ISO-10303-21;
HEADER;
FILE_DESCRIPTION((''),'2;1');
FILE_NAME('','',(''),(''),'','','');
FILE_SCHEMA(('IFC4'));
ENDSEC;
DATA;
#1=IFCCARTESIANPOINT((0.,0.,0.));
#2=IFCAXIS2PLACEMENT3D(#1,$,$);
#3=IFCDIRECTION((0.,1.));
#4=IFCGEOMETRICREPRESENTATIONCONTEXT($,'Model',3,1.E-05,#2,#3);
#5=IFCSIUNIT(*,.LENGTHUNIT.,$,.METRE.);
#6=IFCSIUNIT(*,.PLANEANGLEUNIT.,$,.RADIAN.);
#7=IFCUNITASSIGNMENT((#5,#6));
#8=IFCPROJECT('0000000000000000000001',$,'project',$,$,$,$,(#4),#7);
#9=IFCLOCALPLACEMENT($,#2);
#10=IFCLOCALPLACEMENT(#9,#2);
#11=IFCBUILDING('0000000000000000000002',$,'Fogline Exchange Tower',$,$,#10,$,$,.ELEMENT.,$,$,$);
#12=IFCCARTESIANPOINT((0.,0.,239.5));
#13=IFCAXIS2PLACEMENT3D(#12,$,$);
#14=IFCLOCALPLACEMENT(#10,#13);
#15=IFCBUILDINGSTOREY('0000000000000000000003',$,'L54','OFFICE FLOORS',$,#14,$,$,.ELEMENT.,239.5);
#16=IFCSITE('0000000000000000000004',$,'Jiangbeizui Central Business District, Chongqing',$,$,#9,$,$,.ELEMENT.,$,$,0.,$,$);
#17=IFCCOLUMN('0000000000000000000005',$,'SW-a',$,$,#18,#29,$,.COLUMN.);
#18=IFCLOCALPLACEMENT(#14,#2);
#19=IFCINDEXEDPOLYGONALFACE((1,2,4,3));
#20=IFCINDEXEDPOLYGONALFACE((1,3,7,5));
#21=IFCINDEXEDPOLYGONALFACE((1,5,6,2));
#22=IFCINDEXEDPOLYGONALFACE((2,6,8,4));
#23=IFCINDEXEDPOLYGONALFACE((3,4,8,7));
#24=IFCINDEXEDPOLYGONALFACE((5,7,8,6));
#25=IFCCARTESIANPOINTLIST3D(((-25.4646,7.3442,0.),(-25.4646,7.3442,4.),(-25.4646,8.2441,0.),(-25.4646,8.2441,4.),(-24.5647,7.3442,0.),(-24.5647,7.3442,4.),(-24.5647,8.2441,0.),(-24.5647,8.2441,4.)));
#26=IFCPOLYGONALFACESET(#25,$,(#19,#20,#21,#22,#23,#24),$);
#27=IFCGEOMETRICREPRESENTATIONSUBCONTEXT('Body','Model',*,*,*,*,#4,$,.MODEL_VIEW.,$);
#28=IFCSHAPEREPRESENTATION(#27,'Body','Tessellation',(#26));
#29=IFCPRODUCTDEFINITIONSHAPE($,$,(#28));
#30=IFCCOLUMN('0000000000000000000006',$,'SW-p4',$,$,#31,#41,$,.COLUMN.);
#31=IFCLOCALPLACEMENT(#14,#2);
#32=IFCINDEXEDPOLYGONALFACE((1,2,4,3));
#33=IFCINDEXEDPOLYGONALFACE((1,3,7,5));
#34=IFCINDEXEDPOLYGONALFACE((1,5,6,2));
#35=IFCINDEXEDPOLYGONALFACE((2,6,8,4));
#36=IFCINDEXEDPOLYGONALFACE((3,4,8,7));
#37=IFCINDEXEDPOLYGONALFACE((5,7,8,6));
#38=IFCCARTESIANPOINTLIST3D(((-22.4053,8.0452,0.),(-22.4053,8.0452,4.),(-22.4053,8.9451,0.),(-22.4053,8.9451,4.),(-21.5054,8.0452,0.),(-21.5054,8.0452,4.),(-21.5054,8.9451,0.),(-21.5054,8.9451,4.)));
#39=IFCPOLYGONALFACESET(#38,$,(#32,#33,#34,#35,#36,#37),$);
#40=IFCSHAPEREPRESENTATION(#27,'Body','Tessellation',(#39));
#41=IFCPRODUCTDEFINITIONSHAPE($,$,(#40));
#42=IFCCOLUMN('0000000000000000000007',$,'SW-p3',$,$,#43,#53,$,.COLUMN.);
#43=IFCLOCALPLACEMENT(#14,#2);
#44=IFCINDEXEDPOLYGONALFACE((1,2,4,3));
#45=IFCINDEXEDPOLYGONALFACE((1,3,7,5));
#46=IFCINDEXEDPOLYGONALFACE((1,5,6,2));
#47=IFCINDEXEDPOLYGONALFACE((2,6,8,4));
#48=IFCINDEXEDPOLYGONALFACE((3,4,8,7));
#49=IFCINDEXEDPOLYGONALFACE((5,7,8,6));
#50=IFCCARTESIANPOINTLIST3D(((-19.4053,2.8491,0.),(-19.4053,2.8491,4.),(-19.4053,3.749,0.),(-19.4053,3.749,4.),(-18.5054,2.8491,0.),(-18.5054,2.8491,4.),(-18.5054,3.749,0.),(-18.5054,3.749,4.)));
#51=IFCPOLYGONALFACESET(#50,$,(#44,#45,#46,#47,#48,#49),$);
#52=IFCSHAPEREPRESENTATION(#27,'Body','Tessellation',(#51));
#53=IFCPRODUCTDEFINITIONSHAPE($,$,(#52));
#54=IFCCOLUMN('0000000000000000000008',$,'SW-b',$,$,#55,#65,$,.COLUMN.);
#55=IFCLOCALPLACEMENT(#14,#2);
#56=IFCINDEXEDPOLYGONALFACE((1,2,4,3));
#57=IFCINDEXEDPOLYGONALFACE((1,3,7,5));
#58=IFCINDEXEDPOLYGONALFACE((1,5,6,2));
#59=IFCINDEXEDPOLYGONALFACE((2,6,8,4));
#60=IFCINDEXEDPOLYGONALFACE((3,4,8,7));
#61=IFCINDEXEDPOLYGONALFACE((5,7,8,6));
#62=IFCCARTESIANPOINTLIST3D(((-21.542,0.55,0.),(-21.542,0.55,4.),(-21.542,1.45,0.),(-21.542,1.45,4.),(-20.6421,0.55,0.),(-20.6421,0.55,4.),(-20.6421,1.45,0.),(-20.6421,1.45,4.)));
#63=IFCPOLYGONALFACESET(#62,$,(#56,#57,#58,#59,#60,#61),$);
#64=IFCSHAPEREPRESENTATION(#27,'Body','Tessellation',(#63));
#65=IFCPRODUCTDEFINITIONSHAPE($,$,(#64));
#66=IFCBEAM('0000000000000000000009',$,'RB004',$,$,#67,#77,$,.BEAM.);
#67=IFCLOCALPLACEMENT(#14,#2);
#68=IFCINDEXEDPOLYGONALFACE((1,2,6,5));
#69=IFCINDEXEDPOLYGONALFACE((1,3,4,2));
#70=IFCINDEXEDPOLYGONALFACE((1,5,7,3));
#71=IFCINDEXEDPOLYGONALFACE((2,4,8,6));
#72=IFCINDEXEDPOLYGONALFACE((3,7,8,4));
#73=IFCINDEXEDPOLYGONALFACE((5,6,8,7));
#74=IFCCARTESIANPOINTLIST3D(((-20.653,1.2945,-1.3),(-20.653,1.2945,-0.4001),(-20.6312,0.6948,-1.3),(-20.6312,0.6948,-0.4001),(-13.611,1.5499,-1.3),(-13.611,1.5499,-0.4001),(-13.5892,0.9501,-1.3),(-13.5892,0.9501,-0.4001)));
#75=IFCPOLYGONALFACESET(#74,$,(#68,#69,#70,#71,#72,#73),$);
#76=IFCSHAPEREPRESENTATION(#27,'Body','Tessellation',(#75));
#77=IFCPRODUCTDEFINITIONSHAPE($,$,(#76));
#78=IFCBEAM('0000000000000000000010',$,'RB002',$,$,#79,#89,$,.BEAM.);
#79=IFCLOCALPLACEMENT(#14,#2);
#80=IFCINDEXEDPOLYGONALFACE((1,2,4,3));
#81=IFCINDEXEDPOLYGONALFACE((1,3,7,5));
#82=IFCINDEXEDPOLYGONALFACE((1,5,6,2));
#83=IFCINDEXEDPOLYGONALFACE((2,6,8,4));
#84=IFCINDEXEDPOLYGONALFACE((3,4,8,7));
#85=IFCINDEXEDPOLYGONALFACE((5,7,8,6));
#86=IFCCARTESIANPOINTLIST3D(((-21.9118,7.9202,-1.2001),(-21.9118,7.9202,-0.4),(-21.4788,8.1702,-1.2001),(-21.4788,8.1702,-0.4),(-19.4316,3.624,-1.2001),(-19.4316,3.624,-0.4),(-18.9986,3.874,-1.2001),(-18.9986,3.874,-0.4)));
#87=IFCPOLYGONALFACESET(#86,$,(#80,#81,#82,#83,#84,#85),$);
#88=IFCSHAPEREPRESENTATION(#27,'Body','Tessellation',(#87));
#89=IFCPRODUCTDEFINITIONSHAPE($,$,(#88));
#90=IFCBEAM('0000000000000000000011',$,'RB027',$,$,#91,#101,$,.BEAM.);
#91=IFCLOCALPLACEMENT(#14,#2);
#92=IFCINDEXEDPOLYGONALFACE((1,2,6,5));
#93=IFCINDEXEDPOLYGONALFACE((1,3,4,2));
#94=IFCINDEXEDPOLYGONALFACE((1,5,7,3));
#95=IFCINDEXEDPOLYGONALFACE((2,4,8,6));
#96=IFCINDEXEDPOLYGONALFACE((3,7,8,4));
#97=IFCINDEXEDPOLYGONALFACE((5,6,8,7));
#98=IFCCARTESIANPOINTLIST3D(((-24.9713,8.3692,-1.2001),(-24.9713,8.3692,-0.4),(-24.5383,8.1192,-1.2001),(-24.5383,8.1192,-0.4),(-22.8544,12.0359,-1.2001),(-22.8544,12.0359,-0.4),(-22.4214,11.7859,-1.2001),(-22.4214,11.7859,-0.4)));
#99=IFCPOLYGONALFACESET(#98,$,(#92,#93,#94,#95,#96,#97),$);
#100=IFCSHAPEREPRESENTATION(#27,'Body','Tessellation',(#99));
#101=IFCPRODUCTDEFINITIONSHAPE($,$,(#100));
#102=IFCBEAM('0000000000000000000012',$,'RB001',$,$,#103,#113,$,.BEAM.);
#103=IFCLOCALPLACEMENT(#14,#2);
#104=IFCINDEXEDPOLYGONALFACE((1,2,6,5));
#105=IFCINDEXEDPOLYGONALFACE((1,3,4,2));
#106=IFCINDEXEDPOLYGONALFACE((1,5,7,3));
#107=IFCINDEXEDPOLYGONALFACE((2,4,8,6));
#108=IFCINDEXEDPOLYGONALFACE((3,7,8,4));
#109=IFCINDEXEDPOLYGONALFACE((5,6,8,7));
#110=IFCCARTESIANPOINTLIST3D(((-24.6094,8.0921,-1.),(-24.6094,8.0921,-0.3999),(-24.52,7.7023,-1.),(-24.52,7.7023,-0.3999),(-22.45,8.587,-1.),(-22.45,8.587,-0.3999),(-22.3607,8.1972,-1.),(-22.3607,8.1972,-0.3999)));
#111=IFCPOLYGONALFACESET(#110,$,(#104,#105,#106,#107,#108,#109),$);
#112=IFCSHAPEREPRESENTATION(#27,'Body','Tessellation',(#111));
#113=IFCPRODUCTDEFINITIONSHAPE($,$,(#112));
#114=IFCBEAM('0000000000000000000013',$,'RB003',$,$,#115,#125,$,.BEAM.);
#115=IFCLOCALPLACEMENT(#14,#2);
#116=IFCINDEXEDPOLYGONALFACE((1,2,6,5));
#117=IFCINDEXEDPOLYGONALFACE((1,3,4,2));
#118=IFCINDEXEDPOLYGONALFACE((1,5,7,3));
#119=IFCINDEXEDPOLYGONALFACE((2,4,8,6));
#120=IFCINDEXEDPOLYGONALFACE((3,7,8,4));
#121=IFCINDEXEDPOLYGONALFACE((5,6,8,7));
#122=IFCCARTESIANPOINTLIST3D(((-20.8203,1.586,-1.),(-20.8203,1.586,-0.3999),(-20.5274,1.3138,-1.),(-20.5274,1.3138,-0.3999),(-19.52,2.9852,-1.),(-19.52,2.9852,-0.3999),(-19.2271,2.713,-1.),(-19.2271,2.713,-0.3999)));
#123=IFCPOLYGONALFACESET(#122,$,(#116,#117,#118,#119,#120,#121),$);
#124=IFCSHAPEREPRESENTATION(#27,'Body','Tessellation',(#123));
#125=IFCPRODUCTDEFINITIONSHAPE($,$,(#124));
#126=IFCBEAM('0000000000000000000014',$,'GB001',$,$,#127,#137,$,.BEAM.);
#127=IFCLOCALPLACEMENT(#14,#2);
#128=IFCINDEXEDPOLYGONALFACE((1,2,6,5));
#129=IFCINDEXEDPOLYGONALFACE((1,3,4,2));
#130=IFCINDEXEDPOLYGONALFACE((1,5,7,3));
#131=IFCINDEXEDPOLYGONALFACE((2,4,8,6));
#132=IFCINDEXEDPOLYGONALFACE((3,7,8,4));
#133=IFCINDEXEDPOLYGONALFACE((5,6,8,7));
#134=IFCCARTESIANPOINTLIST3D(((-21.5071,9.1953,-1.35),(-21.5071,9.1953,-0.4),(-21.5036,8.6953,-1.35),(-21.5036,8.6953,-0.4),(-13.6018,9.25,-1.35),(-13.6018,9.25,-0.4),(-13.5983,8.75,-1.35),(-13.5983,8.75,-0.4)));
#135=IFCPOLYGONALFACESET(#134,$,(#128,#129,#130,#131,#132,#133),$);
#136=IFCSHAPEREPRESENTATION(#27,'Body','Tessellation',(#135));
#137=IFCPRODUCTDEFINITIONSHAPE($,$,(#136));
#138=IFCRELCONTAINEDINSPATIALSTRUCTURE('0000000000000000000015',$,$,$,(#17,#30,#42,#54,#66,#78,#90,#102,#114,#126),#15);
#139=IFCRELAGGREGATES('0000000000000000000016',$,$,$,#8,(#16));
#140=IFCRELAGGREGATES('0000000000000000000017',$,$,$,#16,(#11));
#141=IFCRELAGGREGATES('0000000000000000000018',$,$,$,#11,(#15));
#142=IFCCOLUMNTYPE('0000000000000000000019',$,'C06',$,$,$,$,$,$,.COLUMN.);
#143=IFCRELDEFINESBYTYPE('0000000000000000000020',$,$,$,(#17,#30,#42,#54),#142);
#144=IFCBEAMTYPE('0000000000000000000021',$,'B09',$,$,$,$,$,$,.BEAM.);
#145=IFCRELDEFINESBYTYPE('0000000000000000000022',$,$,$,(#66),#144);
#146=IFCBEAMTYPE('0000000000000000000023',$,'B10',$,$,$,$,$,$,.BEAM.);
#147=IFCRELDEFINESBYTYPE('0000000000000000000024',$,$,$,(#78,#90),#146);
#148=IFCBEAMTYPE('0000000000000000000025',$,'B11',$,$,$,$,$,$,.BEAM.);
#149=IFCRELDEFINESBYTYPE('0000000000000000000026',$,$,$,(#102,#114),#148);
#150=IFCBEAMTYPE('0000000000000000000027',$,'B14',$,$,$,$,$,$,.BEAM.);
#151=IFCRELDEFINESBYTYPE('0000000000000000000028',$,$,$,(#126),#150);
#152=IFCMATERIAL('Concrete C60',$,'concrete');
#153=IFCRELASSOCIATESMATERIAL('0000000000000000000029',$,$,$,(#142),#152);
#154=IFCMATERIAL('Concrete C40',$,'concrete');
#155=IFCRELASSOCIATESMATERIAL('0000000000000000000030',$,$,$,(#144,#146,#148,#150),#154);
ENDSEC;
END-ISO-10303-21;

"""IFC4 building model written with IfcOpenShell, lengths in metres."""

from ifc_helpers import new_model, si_unit, direction, frame, origin, origin_2d, place, context, subcontext, project, spatial, rectangle, extrude, material, material_profile, profile_set, type_object, element, save


model = new_model("IFC4")

# Units and contexts
model_context = context("Model", 3, precision=1e-05, world=origin(), true_north=direction((0.0, 1.0)))
body_context = subcontext(model_context, "Body", "Model", "MODEL_VIEW")
ifc_project = project(units=[si_unit("LENGTHUNIT", "METRE"), si_unit("PLANEANGLEUNIT", "RADIAN")], contexts=[model_context])

# Site, building, storey
site_placement = place(None, origin())
site = spatial("IfcSite", under=ifc_project, at=site_placement, Name="Jiangbeizui Central Business District, Chongqing", CompositionType="ELEMENT", RefElevation=0.0)
building_placement = place(site_placement, origin())
building = spatial("IfcBuilding", under=site, at=building_placement, Name="Fogline Exchange Tower", CompositionType="ELEMENT")
storey_placement = place(building_placement, frame((0.0, 0.0, 239.5)))
storey = spatial("IfcBuildingStorey", under=building, at=storey_placement, Name="L54", Description="OFFICE FLOORS", CompositionType="ELEMENT", Elevation=239.5)

# Columns
ifc_material_1 = material(Name="Concrete C60", Category="concrete")
ifc_material_profile_1 = material_profile(ifc_material_1, rectangle(XDim=0.8999, YDim=0.8999, at=origin_2d()), Name="RC 900x900")
ifc_profile_set_1 = profile_set([ifc_material_profile_1], Name="Concrete C60")
column_type = type_object("IfcColumnType", Name="C06", PredefinedType="COLUMN", material=ifc_profile_set_1)
for number, where, z_axis, x_axis, name in (
    (1, (-25.0146, 7.7942, 0.0), (0.0, 0.0, 1.0), (1.0, 0.0, 0.0), "SW-a"),
    (2, (-21.9553, 8.4951, 0.0), (0.0, 0.0, 1.0), (1.0, 0.0, 0.0), "SW-p4"),
    (3, (-18.9553, 3.2991, 0.0), (0.0, 0.0, 1.0), (1.0, 0.0, 0.0), "SW-p3"),
    (4, (-21.092, 1.0, 0.0), (0.0, 0.0, 1.0), (1.0, 0.0, 0.0), "SW-b"),
):
    element("IfcColumn", number, at=place(storey_placement, frame(where, z_axis=z_axis, x_axis=x_axis)), inside=storey, type_object=column_type, Name=name, PredefinedType="COLUMN", context=body_context, shape_type="SweptSolid", body=[
        extrude(rectangle(XDim=0.8999, YDim=0.8999, at=origin_2d()), origin(), (0.0, 0.0, 1.0), 4.0),
    ])

# Beams
ifc_material_2 = material(Name="Concrete C40", Category="concrete")
ifc_material_profile_2 = material_profile(ifc_material_2, rectangle(XDim=0.6001, YDim=0.8999, at=origin_2d()), Name="RC 600x900")
ifc_profile_set_2 = profile_set([ifc_material_profile_2], Name="Concrete C40")
beam_type_1 = type_object("IfcBeamType", Name="B09", PredefinedType="BEAM", material=ifc_profile_set_2)
beam_1_placement = place(storey_placement, frame((-20.6421, 0.9946, -0.8501), z_axis=(0.999343, 0.03624, 0.0), x_axis=(-0.03624, 0.999343, 0.0)))
element("IfcBeam", 5, at=beam_1_placement, inside=storey, type_object=beam_type_1, Name="RB004", PredefinedType="BEAM", context=body_context, shape_type="SweptSolid", body=[
    extrude(rectangle(XDim=0.6001, YDim=0.8999, at=origin_2d()), origin(), (0.0, 0.0, 1.0), 7.0466),
])
ifc_material_profile_3 = material_profile(ifc_material_2, rectangle(XDim=0.5, YDim=0.8, at=origin_2d()), Name="RC 500x800")
ifc_profile_set_3 = profile_set([ifc_material_profile_3], Name="Concrete C40")
beam_type_2 = type_object("IfcBeamType", Name="B10", PredefinedType="BEAM", material=ifc_profile_set_3)
beam_2_placement = place(storey_placement, frame((-21.6953, 8.0452, -0.8), z_axis=(0.499977, -0.866039, 0.0), x_axis=(0.866039, 0.499977, 0.0)))
element("IfcBeam", 6, at=beam_2_placement, inside=storey, type_object=beam_type_2, Name="RB002", PredefinedType="BEAM", context=body_context, shape_type="SweptSolid", body=[
    extrude(rectangle(XDim=0.5, YDim=0.8, at=origin_2d()), origin(), (0.0, 0.0, 1.0), 4.9607),
])
beam_3_placement = place(storey_placement, frame((-22.6379, 11.9109, -0.8), z_axis=(-0.49999, -0.866031, 0.0), x_axis=(0.866031, -0.49999, 0.0)))
element("IfcBeam", 7, at=beam_3_placement, inside=storey, type_object=beam_type_2, Name="RB027", PredefinedType="BEAM", context=body_context, shape_type="SweptSolid", body=[
    extrude(rectangle(XDim=0.5, YDim=0.8, at=origin_2d()), origin(), (0.0, 0.0, 1.0), 4.2339),
])
ifc_material_profile_4 = material_profile(ifc_material_2, rectangle(XDim=0.3999, YDim=0.6001, at=origin_2d()), Name="RC 400x600")
ifc_profile_set_4 = profile_set([ifc_material_profile_4], Name="Concrete C40")
beam_type_3 = type_object("IfcBeamType", Name="B11", PredefinedType="BEAM", material=ifc_profile_set_4)
beam_4_placement = place(storey_placement, frame((-24.5647, 7.8972, -0.7), z_axis=(0.974732, 0.223378, 0.0), x_axis=(-0.223378, 0.974732, 0.0)))
element("IfcBeam", 8, at=beam_4_placement, inside=storey, type_object=beam_type_3, Name="RB001", PredefinedType="BEAM", context=body_context, shape_type="SweptSolid", body=[
    extrude(rectangle(XDim=0.3999, YDim=0.6001, at=origin_2d()), origin(), (0.0, 0.0, 1.0), 2.2153),
])
beam_5_placement = place(storey_placement, frame((-19.3735, 2.8491, -0.7), z_axis=(-0.68075, -0.732516, 0.0), x_axis=(0.732516, -0.68075, 0.0)))
element("IfcBeam", 9, at=beam_5_placement, inside=storey, type_object=beam_type_3, Name="RB003", PredefinedType="BEAM", context=body_context, shape_type="SweptSolid", body=[
    extrude(rectangle(XDim=0.3999, YDim=0.6001, at=origin_2d()), origin(), (0.0, 0.0, 1.0), 1.9102),
])
ifc_material_profile_5 = material_profile(ifc_material_2, rectangle(XDim=0.5, YDim=0.95, at=origin_2d()), Name="RC 500x950")
ifc_profile_set_5 = profile_set([ifc_material_profile_5], Name="Concrete C40")
beam_type_4 = type_object("IfcBeamType", Name="B14", PredefinedType="BEAM", material=ifc_profile_set_5)
beam_6_placement = place(storey_placement, frame((-21.5054, 8.9453, -0.875), z_axis=(0.999976, 0.006918, 0.0), x_axis=(-0.006918, 0.999976, 0.0)))
element("IfcBeam", 10, at=beam_6_placement, inside=storey, type_object=beam_type_4, Name="GB001", PredefinedType="BEAM", context=body_context, shape_type="SweptSolid", body=[
    extrude(rectangle(XDim=0.5, YDim=0.95, at=origin_2d()), origin(), (0.0, 0.0, 1.0), 7.9055),
])

save(model, "model.ifc")
